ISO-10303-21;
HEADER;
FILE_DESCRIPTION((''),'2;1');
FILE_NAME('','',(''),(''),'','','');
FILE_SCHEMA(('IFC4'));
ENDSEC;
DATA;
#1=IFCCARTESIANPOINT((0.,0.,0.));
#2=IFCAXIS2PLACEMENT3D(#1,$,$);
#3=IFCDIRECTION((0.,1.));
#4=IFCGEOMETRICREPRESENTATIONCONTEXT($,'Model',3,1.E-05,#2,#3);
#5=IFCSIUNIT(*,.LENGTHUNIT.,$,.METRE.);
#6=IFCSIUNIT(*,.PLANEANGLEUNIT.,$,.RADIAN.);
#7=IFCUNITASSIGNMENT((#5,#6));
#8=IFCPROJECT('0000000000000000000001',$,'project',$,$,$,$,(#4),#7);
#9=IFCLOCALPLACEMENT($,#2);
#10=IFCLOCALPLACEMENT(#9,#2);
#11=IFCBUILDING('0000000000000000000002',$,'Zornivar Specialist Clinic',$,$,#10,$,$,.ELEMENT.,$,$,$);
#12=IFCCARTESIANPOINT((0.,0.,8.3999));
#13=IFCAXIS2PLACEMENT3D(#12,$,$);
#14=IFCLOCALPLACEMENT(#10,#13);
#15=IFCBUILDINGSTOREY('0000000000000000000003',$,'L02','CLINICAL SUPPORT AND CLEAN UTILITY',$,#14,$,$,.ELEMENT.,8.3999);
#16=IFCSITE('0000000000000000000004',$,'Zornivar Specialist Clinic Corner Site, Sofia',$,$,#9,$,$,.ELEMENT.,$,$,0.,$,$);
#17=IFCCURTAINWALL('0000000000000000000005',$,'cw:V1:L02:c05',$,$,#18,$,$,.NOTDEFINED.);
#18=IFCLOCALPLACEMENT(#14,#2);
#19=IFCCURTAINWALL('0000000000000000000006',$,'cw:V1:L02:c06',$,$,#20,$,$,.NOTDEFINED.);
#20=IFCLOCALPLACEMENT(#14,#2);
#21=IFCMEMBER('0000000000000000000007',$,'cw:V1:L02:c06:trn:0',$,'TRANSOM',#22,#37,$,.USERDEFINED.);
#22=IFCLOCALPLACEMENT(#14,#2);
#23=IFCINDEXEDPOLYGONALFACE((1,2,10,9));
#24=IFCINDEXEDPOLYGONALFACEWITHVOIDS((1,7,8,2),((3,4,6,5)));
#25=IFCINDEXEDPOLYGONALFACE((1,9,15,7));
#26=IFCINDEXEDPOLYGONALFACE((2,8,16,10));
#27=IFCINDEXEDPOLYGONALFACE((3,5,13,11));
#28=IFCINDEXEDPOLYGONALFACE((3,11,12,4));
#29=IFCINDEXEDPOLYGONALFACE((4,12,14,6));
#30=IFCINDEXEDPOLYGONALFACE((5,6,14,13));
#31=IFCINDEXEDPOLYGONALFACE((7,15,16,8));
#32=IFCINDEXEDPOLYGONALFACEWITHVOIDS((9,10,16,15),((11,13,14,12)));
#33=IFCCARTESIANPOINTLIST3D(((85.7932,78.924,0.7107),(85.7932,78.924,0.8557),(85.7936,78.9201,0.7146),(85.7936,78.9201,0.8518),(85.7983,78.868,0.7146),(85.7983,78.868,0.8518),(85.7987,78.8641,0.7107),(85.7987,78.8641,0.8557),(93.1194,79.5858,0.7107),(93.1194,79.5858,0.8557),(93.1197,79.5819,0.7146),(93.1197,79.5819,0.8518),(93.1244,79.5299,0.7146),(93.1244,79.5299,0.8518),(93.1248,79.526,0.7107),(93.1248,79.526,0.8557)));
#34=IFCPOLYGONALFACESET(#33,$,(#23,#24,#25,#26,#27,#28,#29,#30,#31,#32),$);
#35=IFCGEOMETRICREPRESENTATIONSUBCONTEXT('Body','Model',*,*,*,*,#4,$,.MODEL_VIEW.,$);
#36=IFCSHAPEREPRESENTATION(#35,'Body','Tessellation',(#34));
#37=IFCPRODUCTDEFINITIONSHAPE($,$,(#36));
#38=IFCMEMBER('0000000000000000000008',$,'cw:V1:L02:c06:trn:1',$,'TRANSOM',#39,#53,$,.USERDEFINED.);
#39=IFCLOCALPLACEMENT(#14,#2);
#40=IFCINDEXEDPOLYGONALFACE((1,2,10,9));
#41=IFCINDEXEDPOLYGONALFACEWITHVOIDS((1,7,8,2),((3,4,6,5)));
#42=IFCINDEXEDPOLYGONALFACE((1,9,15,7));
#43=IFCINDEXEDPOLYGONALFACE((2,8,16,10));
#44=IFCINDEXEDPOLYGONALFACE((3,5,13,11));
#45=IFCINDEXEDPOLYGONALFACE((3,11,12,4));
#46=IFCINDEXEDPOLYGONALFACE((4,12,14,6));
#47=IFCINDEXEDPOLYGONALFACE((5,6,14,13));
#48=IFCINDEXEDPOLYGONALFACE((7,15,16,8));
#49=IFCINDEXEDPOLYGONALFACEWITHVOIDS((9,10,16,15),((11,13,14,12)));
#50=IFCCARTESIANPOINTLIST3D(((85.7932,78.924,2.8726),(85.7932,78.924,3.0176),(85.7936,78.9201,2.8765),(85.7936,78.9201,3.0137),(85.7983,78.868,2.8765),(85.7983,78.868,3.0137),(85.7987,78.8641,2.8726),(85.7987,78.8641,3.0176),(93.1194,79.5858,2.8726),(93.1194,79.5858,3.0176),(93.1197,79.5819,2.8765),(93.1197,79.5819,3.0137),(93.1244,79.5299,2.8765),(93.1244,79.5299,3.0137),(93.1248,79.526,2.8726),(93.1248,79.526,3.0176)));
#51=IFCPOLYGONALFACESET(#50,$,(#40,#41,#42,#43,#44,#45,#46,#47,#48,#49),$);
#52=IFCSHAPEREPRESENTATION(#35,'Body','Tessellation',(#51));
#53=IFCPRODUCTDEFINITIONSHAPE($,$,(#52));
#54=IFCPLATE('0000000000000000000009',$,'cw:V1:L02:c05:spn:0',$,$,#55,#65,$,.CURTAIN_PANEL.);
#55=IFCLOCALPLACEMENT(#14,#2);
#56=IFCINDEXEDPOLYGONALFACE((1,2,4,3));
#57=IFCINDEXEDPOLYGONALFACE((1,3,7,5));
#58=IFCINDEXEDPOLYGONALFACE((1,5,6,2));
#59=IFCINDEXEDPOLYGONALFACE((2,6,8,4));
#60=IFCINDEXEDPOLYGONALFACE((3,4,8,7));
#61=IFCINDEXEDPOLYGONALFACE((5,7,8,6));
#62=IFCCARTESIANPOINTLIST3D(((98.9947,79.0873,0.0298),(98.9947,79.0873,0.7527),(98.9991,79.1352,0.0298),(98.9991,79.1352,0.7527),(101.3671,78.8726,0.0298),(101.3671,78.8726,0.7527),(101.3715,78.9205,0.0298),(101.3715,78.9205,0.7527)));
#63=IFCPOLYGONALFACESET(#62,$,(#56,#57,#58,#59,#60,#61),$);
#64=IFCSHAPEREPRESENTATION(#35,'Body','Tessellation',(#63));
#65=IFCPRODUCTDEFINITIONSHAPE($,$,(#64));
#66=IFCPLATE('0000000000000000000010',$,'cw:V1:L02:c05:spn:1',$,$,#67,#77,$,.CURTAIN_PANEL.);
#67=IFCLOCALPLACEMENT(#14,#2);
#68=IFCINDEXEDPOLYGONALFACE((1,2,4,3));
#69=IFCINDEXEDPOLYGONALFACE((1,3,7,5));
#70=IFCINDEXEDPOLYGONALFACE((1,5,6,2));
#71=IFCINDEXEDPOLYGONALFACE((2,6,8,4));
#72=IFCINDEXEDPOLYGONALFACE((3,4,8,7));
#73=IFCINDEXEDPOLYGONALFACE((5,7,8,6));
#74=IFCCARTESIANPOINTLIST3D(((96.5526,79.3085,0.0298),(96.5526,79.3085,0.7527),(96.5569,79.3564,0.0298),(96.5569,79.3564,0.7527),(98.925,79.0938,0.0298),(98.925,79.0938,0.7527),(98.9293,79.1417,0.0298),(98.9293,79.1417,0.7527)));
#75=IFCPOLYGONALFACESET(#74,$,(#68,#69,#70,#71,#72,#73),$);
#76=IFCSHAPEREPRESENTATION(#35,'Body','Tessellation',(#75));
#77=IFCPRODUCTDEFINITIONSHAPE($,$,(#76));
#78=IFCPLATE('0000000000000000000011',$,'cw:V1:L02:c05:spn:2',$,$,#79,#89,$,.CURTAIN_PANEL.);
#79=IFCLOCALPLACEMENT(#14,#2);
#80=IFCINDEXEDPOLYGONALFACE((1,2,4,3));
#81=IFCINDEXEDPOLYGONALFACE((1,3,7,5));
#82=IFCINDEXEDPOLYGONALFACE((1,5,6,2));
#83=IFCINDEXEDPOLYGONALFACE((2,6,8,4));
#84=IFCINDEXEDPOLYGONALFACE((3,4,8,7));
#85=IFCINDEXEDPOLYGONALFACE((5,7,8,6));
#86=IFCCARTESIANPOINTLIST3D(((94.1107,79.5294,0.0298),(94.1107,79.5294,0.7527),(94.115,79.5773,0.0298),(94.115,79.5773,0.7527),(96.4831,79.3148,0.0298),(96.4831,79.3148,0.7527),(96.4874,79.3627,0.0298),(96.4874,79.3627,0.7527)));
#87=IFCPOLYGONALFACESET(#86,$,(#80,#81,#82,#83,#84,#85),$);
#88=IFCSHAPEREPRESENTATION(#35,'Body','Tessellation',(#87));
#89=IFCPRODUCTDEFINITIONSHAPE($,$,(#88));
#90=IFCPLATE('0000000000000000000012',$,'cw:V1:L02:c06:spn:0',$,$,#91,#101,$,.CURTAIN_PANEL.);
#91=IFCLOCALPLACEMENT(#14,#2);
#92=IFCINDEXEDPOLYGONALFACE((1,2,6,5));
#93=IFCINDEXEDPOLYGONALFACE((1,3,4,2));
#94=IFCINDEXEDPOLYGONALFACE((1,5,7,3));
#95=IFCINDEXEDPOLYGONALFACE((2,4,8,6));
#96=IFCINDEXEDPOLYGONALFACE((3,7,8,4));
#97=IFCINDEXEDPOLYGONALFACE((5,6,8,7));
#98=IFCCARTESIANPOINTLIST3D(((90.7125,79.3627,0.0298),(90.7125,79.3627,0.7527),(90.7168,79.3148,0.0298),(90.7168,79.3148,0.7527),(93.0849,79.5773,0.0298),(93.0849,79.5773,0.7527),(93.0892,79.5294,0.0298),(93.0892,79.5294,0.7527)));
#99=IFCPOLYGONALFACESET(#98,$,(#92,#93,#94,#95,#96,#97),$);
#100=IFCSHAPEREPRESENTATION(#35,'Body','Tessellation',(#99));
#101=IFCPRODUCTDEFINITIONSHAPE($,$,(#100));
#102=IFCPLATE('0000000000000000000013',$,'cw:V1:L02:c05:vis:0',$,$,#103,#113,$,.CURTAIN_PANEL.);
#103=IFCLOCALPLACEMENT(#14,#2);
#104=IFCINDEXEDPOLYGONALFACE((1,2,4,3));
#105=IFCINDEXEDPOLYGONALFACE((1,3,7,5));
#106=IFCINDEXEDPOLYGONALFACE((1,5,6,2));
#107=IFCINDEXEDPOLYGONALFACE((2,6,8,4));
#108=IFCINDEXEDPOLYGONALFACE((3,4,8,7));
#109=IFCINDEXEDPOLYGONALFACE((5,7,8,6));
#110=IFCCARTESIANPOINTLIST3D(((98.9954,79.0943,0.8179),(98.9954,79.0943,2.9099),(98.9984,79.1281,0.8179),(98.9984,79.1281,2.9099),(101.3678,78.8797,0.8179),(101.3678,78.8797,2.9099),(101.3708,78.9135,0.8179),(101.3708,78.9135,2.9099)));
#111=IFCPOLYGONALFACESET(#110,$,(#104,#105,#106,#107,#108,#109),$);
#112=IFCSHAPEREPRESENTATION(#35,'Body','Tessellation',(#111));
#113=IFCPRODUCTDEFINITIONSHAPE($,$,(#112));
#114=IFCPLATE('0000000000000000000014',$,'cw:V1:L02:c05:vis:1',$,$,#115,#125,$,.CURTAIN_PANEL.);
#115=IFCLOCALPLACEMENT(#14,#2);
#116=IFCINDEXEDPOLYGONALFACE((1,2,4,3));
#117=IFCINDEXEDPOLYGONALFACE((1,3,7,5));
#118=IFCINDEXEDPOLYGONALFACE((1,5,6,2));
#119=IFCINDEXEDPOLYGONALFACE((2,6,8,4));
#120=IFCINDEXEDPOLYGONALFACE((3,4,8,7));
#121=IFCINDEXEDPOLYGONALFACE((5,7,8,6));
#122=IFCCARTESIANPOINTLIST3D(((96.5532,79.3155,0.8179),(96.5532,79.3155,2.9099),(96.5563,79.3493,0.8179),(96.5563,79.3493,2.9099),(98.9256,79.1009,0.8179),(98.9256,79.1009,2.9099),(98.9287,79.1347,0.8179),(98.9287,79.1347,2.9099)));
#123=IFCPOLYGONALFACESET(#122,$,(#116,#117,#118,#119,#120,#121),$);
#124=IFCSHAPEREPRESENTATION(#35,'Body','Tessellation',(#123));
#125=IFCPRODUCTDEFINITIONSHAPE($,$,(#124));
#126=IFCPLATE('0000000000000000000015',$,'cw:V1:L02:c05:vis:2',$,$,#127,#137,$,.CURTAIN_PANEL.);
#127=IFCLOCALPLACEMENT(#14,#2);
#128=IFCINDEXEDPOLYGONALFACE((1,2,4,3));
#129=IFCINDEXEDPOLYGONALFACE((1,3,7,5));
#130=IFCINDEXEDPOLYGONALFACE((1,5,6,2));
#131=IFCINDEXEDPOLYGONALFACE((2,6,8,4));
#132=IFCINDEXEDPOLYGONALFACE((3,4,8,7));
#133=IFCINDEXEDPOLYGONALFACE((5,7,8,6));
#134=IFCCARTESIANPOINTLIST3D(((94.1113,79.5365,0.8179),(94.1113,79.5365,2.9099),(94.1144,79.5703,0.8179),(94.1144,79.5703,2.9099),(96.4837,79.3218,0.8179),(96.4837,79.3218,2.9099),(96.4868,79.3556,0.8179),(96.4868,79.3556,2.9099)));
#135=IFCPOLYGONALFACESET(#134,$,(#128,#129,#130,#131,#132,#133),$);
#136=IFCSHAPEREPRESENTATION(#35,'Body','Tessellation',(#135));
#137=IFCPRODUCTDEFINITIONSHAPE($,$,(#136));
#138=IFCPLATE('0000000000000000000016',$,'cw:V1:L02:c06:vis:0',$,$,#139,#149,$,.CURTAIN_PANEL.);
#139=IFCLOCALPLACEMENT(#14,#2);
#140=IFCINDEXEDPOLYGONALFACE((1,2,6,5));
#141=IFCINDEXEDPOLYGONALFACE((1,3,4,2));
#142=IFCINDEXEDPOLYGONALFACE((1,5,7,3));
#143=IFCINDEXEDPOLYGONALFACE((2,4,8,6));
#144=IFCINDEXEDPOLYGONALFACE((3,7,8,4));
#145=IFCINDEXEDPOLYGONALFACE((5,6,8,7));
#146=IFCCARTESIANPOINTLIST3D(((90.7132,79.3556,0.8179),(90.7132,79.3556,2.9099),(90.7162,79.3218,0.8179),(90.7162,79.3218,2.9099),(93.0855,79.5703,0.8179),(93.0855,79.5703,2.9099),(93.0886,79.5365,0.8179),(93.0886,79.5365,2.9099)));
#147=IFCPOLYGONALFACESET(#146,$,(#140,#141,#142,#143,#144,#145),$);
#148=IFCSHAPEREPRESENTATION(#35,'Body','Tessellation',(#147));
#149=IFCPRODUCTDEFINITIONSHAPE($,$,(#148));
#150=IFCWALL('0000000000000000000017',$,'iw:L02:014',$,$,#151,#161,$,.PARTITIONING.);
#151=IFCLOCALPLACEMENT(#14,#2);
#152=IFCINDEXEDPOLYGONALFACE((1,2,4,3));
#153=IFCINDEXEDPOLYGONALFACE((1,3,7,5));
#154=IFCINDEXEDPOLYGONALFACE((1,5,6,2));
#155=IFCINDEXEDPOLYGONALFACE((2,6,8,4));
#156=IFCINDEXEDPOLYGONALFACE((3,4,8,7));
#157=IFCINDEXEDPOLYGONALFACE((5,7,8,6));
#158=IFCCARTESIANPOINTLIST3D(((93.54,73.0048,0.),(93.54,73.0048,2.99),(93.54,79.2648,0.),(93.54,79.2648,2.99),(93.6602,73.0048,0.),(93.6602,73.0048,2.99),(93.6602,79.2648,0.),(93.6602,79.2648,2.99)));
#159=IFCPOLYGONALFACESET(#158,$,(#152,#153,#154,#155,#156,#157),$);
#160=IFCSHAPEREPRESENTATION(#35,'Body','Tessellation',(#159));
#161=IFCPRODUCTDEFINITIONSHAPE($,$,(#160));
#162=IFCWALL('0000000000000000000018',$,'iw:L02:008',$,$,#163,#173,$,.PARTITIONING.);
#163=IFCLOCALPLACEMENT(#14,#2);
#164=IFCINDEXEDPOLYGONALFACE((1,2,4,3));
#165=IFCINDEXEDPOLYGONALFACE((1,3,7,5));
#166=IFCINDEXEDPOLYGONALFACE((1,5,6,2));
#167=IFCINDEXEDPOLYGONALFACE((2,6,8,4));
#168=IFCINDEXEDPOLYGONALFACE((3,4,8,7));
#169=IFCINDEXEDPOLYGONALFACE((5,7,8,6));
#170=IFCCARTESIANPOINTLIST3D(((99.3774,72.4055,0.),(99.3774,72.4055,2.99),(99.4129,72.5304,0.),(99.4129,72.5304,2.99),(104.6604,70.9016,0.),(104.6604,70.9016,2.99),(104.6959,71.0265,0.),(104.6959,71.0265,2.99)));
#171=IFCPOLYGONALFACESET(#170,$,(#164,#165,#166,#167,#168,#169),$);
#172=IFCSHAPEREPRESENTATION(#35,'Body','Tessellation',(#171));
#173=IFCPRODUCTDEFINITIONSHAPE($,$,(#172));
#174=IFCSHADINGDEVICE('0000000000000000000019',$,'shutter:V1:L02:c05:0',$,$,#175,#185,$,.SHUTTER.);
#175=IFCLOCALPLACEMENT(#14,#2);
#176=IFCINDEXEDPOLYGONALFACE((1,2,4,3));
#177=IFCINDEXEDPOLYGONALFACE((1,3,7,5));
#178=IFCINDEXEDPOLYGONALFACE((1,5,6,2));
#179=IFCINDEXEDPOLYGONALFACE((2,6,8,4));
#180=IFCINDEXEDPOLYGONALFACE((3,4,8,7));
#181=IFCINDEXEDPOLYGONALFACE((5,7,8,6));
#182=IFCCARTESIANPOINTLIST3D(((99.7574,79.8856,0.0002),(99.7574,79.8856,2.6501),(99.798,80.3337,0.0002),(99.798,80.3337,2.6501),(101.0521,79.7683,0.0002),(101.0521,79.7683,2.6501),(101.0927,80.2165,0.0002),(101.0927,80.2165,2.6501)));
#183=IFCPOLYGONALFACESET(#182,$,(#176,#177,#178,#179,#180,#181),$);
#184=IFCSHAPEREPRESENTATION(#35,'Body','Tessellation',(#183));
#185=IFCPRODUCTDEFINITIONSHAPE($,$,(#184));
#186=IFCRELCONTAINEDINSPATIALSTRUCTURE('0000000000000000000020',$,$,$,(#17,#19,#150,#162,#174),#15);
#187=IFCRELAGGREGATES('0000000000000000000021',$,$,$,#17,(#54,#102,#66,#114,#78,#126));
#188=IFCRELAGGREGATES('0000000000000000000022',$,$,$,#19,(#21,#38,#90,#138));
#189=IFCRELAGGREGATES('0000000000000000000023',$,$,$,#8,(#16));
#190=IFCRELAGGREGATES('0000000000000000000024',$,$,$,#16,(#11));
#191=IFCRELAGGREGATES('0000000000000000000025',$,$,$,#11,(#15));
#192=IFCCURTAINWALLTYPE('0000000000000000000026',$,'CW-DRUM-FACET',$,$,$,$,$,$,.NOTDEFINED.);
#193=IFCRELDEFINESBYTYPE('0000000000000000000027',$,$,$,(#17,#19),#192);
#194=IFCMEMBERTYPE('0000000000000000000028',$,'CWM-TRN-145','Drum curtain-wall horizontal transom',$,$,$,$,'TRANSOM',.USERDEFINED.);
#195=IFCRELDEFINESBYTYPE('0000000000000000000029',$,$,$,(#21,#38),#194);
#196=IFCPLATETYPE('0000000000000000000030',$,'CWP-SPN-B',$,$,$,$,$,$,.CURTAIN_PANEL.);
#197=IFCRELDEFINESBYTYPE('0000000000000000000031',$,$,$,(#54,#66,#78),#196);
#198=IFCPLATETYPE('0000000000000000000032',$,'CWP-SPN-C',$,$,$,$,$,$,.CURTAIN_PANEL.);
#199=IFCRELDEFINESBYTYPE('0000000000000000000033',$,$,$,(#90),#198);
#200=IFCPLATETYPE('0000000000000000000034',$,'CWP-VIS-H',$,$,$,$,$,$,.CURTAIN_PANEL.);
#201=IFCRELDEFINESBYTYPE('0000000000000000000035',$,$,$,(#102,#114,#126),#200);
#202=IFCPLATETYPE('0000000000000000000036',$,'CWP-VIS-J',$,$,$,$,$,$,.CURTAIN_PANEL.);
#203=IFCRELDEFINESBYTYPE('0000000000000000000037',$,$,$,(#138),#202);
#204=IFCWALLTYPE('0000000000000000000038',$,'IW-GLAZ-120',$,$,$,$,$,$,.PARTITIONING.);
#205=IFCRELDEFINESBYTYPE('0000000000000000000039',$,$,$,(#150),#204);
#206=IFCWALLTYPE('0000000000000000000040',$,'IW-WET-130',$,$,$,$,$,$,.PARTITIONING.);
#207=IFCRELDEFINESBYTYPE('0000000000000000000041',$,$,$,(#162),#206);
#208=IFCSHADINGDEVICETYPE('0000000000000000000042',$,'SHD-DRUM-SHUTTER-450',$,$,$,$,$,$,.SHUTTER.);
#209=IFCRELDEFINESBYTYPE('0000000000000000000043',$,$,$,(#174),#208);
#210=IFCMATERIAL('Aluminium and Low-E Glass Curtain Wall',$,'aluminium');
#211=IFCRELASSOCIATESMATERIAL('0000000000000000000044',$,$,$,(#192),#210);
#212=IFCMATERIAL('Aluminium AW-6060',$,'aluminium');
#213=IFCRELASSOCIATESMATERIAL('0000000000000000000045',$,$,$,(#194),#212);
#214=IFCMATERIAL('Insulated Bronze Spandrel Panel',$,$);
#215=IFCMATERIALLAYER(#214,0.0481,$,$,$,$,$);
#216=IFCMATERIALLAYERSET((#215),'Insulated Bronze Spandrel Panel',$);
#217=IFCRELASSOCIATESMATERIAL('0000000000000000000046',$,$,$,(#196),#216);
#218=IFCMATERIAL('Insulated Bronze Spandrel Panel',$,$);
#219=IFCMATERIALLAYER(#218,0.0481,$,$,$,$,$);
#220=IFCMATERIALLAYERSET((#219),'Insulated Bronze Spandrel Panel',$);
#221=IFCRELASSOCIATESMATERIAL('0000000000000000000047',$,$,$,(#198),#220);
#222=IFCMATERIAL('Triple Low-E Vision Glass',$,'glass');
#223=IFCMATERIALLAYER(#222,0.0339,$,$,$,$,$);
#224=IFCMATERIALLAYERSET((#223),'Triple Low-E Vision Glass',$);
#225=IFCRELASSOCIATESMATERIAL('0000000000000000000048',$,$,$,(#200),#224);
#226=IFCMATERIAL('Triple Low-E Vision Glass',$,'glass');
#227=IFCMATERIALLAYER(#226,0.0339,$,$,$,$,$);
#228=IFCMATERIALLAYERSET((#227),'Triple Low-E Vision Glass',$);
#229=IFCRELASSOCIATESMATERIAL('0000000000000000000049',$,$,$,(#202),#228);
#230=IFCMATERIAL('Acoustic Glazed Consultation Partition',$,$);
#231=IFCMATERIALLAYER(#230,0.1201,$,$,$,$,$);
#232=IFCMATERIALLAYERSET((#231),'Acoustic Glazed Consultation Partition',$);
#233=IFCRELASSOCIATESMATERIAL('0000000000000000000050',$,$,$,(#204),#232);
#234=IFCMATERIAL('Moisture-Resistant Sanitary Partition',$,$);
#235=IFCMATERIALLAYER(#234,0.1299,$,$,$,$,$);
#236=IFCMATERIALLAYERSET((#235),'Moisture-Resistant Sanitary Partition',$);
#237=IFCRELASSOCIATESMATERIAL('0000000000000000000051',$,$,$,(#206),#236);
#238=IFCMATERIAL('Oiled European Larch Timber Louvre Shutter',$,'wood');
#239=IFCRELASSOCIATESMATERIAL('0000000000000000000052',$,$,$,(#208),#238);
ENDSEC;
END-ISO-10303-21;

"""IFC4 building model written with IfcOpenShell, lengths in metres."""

from ifc_helpers import new_model, si_unit, direction, frame, frame_2d, origin, origin_2d, place, context, subcontext, project, spatial, rectangle, hollow_rectangle, extrude, material, layer, layer_set, material_profile, profile_set, type_object, element, aggregate, save


model = new_model("IFC4")

# Units and contexts
model_context = context("Model", 3, precision=1e-05, world=origin(), true_north=direction((0.0, 1.0)))
body_context = subcontext(model_context, "Body", "Model", "MODEL_VIEW")
ifc_project = project(units=[si_unit("LENGTHUNIT", "METRE"), si_unit("PLANEANGLEUNIT", "RADIAN")], contexts=[model_context])

# Site, building, storey
site_placement = place(None, origin())
site = spatial("IfcSite", under=ifc_project, at=site_placement, Name="Zornivar Specialist Clinic Corner Site, Sofia", CompositionType="ELEMENT", RefElevation=0.0)
building_placement = place(site_placement, origin())
building = spatial("IfcBuilding", under=site, at=building_placement, Name="Zornivar Specialist Clinic", CompositionType="ELEMENT")
storey_placement = place(building_placement, frame((0.0, 0.0, 8.3999)))
storey = spatial("IfcBuildingStorey", under=building, at=storey_placement, Name="L02", Description="CLINICAL SUPPORT AND CLEAN UTILITY", CompositionType="ELEMENT", Elevation=8.3999)

# Curtain walls, members
ifc_material_1 = material(Name="Aluminium and Low-E Glass Curtain Wall", Category="aluminium")
curtain_wall_type = type_object("IfcCurtainWallType", Name="CW-DRUM-FACET", PredefinedType="NOTDEFINED", material=ifc_material_1)
curtain_wall_1_placement = place(storey_placement, origin())
curtain_wall_1 = element("IfcCurtainWall", 1, at=curtain_wall_1_placement, inside=storey, type_object=curtain_wall_type, Name="cw:V1:L02:c05", PredefinedType="NOTDEFINED")
curtain_wall_2_placement = place(storey_placement, origin())
curtain_wall_2 = element("IfcCurtainWall", 2, at=curtain_wall_2_placement, inside=storey, type_object=curtain_wall_type, Name="cw:V1:L02:c06", PredefinedType="NOTDEFINED")
ifc_material_2 = material(Name="Aluminium AW-6060", Category="aluminium")
ifc_material_profile_1 = material_profile(ifc_material_2, hollow_rectangle(XDim=0.0601, YDim=0.145, WallThickness=0.0039, at=origin_2d()), Name="ALU 60x145x4")
ifc_profile_set_1 = profile_set([ifc_material_profile_1], Name="Aluminium AW-6060")
member_type_1 = type_object("IfcMemberType", Name="CWM-TRN-145", Description="Drum curtain-wall horizontal transom", ElementType="TRANSOM", PredefinedType="USERDEFINED", material=ifc_profile_set_1)
member_1_placement = place(storey_placement, frame((93.1221, 79.5559, 0.7832), z_axis=(-0.995944, -0.089976, 0.0), x_axis=(0.089976, -0.995944, 0.0)))
member_1 = element("IfcMember", 3, at=member_1_placement, type_object=member_type_1, Name="cw:V1:L02:c06:trn:0", ObjectType="TRANSOM", PredefinedType="USERDEFINED", context=body_context, shape_type="SweptSolid", body=[
    extrude(hollow_rectangle(XDim=0.0601, YDim=0.145, WallThickness=0.0039, at=origin_2d()), origin(), (0.0, 0.0, 1.0), 7.356),
])
member_2_placement = place(storey_placement, frame((93.1221, 79.5559, 2.9451), z_axis=(-0.995944, -0.089976, 0.0), x_axis=(0.089976, -0.995944, 0.0)))
member_2 = element("IfcMember", 4, at=member_2_placement, type_object=member_type_1, Name="cw:V1:L02:c06:trn:1", ObjectType="TRANSOM", PredefinedType="USERDEFINED", context=body_context, shape_type="SweptSolid", body=[
    extrude(hollow_rectangle(XDim=0.0601, YDim=0.145, WallThickness=0.0039, at=origin_2d()), origin(), (0.0, 0.0, 1.0), 7.356),
])

# Plates
ifc_material_3 = material(Name="Insulated Bronze Spandrel Panel")
ifc_layer_1 = layer(ifc_material_3, 0.0481)
ifc_layer_set_1 = layer_set([ifc_layer_1], Name="Insulated Bronze Spandrel Panel")
plate_type_1 = type_object("IfcPlateType", Name="CWP-SPN-B", PredefinedType="CURTAIN_PANEL", material=ifc_layer_set_1)
plate_1_placement = place(storey_placement, frame((100.1831, 79.0039, 0.0298), z_axis=(0.0, 0.0, 1.0), x_axis=(-0.995933, 0.090099, 0.0)))
plate_1 = element("IfcPlate", 5, at=plate_1_placement, type_object=plate_type_1, Name="cw:V1:L02:c05:spn:0", PredefinedType="CURTAIN_PANEL", context=body_context, shape_type="SweptSolid", body=[
    extrude(rectangle(XDim=2.3821, YDim=0.0481, at=origin_2d()), origin(), (0.0, 0.0, 1.0), 0.7229),
])
plate_2_placement = place(storey_placement, frame((97.741, 79.2251, 0.0298), z_axis=(0.0, 0.0, 1.0), x_axis=(-0.995933, 0.090099, 0.0)))
plate_2 = element("IfcPlate", 6, at=plate_2_placement, type_object=plate_type_1, Name="cw:V1:L02:c05:spn:1", PredefinedType="CURTAIN_PANEL", context=body_context, shape_type="SweptSolid", body=[
    extrude(rectangle(XDim=2.3821, YDim=0.0481, at=origin_2d()), origin(), (0.0, 0.0, 1.0), 0.7229),
])
plate_3_placement = place(storey_placement, frame((95.2991, 79.446, 0.0298), z_axis=(0.0, 0.0, 1.0), x_axis=(-0.995933, 0.090099, 0.0)))
plate_3 = element("IfcPlate", 7, at=plate_3_placement, type_object=plate_type_1, Name="cw:V1:L02:c05:spn:2", PredefinedType="CURTAIN_PANEL", context=body_context, shape_type="SweptSolid", body=[
    extrude(rectangle(XDim=2.3821, YDim=0.0481, at=origin_2d()), origin(), (0.0, 0.0, 1.0), 0.7229),
])
ifc_material_4 = material(Name="Insulated Bronze Spandrel Panel")
ifc_layer_2 = layer(ifc_material_4, 0.0481)
ifc_layer_set_2 = layer_set([ifc_layer_2], Name="Insulated Bronze Spandrel Panel")
plate_type_2 = type_object("IfcPlateType", Name="CWP-SPN-C", PredefinedType="CURTAIN_PANEL", material=ifc_layer_set_2)
plate_4_placement = place(storey_placement, frame((91.9009, 79.446, 0.0298), z_axis=(0.0, 0.0, 1.0), x_axis=(-0.995933, -0.090099, 0.0)))
plate_4 = element("IfcPlate", 8, at=plate_4_placement, type_object=plate_type_2, Name="cw:V1:L02:c06:spn:0", PredefinedType="CURTAIN_PANEL", context=body_context, shape_type="SweptSolid", body=[
    extrude(rectangle(XDim=2.3821, YDim=0.0481, at=origin_2d()), origin(), (0.0, 0.0, 1.0), 0.7229),
])
ifc_material_5 = material(Name="Triple Low-E Vision Glass", Category="glass")
ifc_layer_3 = layer(ifc_material_5, 0.0339)
ifc_layer_set_3 = layer_set([ifc_layer_3], Name="Triple Low-E Vision Glass")
plate_type_3 = type_object("IfcPlateType", Name="CWP-VIS-H", PredefinedType="CURTAIN_PANEL", material=ifc_layer_set_3)
plate_5_placement = place(storey_placement, frame((100.1831, 79.0039, 0.8179), z_axis=(0.0, 0.0, 1.0), x_axis=(-0.995933, 0.090099, 0.0)))
plate_5 = element("IfcPlate", 9, at=plate_5_placement, type_object=plate_type_3, Name="cw:V1:L02:c05:vis:0", PredefinedType="CURTAIN_PANEL", context=body_context, shape_type="SweptSolid", body=[
    extrude(rectangle(XDim=2.3821, YDim=0.0339, at=origin_2d()), origin(), (0.0, 0.0, 1.0), 2.092),
])
plate_6_placement = place(storey_placement, frame((97.741, 79.2251, 0.8179), z_axis=(0.0, 0.0, 1.0), x_axis=(-0.995933, 0.090099, 0.0)))
plate_6 = element("IfcPlate", 10, at=plate_6_placement, type_object=plate_type_3, Name="cw:V1:L02:c05:vis:1", PredefinedType="CURTAIN_PANEL", context=body_context, shape_type="SweptSolid", body=[
    extrude(rectangle(XDim=2.3821, YDim=0.0339, at=origin_2d()), origin(), (0.0, 0.0, 1.0), 2.092),
])
plate_7_placement = place(storey_placement, frame((95.2991, 79.446, 0.8179), z_axis=(0.0, 0.0, 1.0), x_axis=(-0.995933, 0.090099, 0.0)))
plate_7 = element("IfcPlate", 11, at=plate_7_placement, type_object=plate_type_3, Name="cw:V1:L02:c05:vis:2", PredefinedType="CURTAIN_PANEL", context=body_context, shape_type="SweptSolid", body=[
    extrude(rectangle(XDim=2.3821, YDim=0.0339, at=origin_2d()), origin(), (0.0, 0.0, 1.0), 2.092),
])
aggregate(curtain_wall_1, [plate_1, plate_5, plate_2, plate_6, plate_3, plate_7])
ifc_material_6 = material(Name="Triple Low-E Vision Glass", Category="glass")
ifc_layer_4 = layer(ifc_material_6, 0.0339)
ifc_layer_set_4 = layer_set([ifc_layer_4], Name="Triple Low-E Vision Glass")
plate_type_4 = type_object("IfcPlateType", Name="CWP-VIS-J", PredefinedType="CURTAIN_PANEL", material=ifc_layer_set_4)
plate_8_placement = place(storey_placement, frame((91.9009, 79.446, 0.8179), z_axis=(0.0, 0.0, 1.0), x_axis=(-0.995933, -0.090099, 0.0)))
plate_8 = element("IfcPlate", 12, at=plate_8_placement, type_object=plate_type_4, Name="cw:V1:L02:c06:vis:0", PredefinedType="CURTAIN_PANEL", context=body_context, shape_type="SweptSolid", body=[
    extrude(rectangle(XDim=2.3821, YDim=0.0339, at=origin_2d()), origin(), (0.0, 0.0, 1.0), 2.092),
])
aggregate(curtain_wall_2, [member_1, member_2, plate_4, plate_8])

# Walls
ifc_material_7 = material(Name="Acoustic Glazed Consultation Partition")
ifc_layer_5 = layer(ifc_material_7, 0.1201)
ifc_layer_set_5 = layer_set([ifc_layer_5], Name="Acoustic Glazed Consultation Partition")
wall_type_1 = type_object("IfcWallType", Name="IW-GLAZ-120", PredefinedType="PARTITIONING", material=ifc_layer_set_5)
wall_1_placement = place(storey_placement, frame((93.6001, 73.0049, 0.0), z_axis=(0.0, 0.0, 1.0), x_axis=(0.0, 1.0, 0.0)))
element("IfcWall", 13, at=wall_1_placement, inside=storey, type_object=wall_type_1, Name="iw:L02:014", PredefinedType="PARTITIONING", context=body_context, shape_type="SweptSolid", body=[
    extrude(rectangle(XDim=6.26, YDim=0.1201, at=frame_2d((3.1299, 0.0))), origin(), (0.0, 0.0, 1.0), 2.99),
])
ifc_material_8 = material(Name="Moisture-Resistant Sanitary Partition")
ifc_layer_6 = layer(ifc_material_8, 0.1299)
ifc_layer_set_6 = layer_set([ifc_layer_6], Name="Moisture-Resistant Sanitary Partition")
wall_type_2 = type_object("IfcWallType", Name="IW-WET-130", PredefinedType="PARTITIONING", material=ifc_layer_set_6)
wall_2_placement = place(storey_placement, frame((99.395, 72.468, 0.0), z_axis=(0.0, 0.0, 1.0), x_axis=(0.961789, -0.273793, 0.0)))
element("IfcWall", 14, at=wall_2_placement, inside=storey, type_object=wall_type_2, Name="iw:L02:008", PredefinedType="PARTITIONING", context=body_context, shape_type="SweptSolid", body=[
    extrude(rectangle(XDim=5.4929, YDim=0.1299, at=frame_2d((2.7466, 0.0))), origin(), (0.0, 0.0, 1.0), 2.99),
])

# Shading device
ifc_material_9 = material(Name="Oiled European Larch Timber Louvre Shutter", Category="wood")
shading_device_type = type_object("IfcShadingDeviceType", Name="SHD-DRUM-SHUTTER-450", PredefinedType="SHUTTER", material=ifc_material_9)
for number, where, z_axis, x_axis, name in (
    (15, (100.425, 80.051, 0.0002), (0.0, 0.0, 1.0), (-0.995925, 0.090188, 0.0), "shutter:V1:L02:c05:0"),
):
    element("IfcShadingDevice", number, at=place(storey_placement, frame(where, z_axis=z_axis, x_axis=x_axis)), inside=storey, type_object=shading_device_type, Name=name, PredefinedType="SHUTTER", context=body_context, shape_type="SweptSolid", body=[
        extrude(rectangle(XDim=1.3, YDim=0.45, at=origin_2d()), origin(), (0.0, 0.0, 1.0), 2.6499),
    ])

save(model, "model.ifc")
